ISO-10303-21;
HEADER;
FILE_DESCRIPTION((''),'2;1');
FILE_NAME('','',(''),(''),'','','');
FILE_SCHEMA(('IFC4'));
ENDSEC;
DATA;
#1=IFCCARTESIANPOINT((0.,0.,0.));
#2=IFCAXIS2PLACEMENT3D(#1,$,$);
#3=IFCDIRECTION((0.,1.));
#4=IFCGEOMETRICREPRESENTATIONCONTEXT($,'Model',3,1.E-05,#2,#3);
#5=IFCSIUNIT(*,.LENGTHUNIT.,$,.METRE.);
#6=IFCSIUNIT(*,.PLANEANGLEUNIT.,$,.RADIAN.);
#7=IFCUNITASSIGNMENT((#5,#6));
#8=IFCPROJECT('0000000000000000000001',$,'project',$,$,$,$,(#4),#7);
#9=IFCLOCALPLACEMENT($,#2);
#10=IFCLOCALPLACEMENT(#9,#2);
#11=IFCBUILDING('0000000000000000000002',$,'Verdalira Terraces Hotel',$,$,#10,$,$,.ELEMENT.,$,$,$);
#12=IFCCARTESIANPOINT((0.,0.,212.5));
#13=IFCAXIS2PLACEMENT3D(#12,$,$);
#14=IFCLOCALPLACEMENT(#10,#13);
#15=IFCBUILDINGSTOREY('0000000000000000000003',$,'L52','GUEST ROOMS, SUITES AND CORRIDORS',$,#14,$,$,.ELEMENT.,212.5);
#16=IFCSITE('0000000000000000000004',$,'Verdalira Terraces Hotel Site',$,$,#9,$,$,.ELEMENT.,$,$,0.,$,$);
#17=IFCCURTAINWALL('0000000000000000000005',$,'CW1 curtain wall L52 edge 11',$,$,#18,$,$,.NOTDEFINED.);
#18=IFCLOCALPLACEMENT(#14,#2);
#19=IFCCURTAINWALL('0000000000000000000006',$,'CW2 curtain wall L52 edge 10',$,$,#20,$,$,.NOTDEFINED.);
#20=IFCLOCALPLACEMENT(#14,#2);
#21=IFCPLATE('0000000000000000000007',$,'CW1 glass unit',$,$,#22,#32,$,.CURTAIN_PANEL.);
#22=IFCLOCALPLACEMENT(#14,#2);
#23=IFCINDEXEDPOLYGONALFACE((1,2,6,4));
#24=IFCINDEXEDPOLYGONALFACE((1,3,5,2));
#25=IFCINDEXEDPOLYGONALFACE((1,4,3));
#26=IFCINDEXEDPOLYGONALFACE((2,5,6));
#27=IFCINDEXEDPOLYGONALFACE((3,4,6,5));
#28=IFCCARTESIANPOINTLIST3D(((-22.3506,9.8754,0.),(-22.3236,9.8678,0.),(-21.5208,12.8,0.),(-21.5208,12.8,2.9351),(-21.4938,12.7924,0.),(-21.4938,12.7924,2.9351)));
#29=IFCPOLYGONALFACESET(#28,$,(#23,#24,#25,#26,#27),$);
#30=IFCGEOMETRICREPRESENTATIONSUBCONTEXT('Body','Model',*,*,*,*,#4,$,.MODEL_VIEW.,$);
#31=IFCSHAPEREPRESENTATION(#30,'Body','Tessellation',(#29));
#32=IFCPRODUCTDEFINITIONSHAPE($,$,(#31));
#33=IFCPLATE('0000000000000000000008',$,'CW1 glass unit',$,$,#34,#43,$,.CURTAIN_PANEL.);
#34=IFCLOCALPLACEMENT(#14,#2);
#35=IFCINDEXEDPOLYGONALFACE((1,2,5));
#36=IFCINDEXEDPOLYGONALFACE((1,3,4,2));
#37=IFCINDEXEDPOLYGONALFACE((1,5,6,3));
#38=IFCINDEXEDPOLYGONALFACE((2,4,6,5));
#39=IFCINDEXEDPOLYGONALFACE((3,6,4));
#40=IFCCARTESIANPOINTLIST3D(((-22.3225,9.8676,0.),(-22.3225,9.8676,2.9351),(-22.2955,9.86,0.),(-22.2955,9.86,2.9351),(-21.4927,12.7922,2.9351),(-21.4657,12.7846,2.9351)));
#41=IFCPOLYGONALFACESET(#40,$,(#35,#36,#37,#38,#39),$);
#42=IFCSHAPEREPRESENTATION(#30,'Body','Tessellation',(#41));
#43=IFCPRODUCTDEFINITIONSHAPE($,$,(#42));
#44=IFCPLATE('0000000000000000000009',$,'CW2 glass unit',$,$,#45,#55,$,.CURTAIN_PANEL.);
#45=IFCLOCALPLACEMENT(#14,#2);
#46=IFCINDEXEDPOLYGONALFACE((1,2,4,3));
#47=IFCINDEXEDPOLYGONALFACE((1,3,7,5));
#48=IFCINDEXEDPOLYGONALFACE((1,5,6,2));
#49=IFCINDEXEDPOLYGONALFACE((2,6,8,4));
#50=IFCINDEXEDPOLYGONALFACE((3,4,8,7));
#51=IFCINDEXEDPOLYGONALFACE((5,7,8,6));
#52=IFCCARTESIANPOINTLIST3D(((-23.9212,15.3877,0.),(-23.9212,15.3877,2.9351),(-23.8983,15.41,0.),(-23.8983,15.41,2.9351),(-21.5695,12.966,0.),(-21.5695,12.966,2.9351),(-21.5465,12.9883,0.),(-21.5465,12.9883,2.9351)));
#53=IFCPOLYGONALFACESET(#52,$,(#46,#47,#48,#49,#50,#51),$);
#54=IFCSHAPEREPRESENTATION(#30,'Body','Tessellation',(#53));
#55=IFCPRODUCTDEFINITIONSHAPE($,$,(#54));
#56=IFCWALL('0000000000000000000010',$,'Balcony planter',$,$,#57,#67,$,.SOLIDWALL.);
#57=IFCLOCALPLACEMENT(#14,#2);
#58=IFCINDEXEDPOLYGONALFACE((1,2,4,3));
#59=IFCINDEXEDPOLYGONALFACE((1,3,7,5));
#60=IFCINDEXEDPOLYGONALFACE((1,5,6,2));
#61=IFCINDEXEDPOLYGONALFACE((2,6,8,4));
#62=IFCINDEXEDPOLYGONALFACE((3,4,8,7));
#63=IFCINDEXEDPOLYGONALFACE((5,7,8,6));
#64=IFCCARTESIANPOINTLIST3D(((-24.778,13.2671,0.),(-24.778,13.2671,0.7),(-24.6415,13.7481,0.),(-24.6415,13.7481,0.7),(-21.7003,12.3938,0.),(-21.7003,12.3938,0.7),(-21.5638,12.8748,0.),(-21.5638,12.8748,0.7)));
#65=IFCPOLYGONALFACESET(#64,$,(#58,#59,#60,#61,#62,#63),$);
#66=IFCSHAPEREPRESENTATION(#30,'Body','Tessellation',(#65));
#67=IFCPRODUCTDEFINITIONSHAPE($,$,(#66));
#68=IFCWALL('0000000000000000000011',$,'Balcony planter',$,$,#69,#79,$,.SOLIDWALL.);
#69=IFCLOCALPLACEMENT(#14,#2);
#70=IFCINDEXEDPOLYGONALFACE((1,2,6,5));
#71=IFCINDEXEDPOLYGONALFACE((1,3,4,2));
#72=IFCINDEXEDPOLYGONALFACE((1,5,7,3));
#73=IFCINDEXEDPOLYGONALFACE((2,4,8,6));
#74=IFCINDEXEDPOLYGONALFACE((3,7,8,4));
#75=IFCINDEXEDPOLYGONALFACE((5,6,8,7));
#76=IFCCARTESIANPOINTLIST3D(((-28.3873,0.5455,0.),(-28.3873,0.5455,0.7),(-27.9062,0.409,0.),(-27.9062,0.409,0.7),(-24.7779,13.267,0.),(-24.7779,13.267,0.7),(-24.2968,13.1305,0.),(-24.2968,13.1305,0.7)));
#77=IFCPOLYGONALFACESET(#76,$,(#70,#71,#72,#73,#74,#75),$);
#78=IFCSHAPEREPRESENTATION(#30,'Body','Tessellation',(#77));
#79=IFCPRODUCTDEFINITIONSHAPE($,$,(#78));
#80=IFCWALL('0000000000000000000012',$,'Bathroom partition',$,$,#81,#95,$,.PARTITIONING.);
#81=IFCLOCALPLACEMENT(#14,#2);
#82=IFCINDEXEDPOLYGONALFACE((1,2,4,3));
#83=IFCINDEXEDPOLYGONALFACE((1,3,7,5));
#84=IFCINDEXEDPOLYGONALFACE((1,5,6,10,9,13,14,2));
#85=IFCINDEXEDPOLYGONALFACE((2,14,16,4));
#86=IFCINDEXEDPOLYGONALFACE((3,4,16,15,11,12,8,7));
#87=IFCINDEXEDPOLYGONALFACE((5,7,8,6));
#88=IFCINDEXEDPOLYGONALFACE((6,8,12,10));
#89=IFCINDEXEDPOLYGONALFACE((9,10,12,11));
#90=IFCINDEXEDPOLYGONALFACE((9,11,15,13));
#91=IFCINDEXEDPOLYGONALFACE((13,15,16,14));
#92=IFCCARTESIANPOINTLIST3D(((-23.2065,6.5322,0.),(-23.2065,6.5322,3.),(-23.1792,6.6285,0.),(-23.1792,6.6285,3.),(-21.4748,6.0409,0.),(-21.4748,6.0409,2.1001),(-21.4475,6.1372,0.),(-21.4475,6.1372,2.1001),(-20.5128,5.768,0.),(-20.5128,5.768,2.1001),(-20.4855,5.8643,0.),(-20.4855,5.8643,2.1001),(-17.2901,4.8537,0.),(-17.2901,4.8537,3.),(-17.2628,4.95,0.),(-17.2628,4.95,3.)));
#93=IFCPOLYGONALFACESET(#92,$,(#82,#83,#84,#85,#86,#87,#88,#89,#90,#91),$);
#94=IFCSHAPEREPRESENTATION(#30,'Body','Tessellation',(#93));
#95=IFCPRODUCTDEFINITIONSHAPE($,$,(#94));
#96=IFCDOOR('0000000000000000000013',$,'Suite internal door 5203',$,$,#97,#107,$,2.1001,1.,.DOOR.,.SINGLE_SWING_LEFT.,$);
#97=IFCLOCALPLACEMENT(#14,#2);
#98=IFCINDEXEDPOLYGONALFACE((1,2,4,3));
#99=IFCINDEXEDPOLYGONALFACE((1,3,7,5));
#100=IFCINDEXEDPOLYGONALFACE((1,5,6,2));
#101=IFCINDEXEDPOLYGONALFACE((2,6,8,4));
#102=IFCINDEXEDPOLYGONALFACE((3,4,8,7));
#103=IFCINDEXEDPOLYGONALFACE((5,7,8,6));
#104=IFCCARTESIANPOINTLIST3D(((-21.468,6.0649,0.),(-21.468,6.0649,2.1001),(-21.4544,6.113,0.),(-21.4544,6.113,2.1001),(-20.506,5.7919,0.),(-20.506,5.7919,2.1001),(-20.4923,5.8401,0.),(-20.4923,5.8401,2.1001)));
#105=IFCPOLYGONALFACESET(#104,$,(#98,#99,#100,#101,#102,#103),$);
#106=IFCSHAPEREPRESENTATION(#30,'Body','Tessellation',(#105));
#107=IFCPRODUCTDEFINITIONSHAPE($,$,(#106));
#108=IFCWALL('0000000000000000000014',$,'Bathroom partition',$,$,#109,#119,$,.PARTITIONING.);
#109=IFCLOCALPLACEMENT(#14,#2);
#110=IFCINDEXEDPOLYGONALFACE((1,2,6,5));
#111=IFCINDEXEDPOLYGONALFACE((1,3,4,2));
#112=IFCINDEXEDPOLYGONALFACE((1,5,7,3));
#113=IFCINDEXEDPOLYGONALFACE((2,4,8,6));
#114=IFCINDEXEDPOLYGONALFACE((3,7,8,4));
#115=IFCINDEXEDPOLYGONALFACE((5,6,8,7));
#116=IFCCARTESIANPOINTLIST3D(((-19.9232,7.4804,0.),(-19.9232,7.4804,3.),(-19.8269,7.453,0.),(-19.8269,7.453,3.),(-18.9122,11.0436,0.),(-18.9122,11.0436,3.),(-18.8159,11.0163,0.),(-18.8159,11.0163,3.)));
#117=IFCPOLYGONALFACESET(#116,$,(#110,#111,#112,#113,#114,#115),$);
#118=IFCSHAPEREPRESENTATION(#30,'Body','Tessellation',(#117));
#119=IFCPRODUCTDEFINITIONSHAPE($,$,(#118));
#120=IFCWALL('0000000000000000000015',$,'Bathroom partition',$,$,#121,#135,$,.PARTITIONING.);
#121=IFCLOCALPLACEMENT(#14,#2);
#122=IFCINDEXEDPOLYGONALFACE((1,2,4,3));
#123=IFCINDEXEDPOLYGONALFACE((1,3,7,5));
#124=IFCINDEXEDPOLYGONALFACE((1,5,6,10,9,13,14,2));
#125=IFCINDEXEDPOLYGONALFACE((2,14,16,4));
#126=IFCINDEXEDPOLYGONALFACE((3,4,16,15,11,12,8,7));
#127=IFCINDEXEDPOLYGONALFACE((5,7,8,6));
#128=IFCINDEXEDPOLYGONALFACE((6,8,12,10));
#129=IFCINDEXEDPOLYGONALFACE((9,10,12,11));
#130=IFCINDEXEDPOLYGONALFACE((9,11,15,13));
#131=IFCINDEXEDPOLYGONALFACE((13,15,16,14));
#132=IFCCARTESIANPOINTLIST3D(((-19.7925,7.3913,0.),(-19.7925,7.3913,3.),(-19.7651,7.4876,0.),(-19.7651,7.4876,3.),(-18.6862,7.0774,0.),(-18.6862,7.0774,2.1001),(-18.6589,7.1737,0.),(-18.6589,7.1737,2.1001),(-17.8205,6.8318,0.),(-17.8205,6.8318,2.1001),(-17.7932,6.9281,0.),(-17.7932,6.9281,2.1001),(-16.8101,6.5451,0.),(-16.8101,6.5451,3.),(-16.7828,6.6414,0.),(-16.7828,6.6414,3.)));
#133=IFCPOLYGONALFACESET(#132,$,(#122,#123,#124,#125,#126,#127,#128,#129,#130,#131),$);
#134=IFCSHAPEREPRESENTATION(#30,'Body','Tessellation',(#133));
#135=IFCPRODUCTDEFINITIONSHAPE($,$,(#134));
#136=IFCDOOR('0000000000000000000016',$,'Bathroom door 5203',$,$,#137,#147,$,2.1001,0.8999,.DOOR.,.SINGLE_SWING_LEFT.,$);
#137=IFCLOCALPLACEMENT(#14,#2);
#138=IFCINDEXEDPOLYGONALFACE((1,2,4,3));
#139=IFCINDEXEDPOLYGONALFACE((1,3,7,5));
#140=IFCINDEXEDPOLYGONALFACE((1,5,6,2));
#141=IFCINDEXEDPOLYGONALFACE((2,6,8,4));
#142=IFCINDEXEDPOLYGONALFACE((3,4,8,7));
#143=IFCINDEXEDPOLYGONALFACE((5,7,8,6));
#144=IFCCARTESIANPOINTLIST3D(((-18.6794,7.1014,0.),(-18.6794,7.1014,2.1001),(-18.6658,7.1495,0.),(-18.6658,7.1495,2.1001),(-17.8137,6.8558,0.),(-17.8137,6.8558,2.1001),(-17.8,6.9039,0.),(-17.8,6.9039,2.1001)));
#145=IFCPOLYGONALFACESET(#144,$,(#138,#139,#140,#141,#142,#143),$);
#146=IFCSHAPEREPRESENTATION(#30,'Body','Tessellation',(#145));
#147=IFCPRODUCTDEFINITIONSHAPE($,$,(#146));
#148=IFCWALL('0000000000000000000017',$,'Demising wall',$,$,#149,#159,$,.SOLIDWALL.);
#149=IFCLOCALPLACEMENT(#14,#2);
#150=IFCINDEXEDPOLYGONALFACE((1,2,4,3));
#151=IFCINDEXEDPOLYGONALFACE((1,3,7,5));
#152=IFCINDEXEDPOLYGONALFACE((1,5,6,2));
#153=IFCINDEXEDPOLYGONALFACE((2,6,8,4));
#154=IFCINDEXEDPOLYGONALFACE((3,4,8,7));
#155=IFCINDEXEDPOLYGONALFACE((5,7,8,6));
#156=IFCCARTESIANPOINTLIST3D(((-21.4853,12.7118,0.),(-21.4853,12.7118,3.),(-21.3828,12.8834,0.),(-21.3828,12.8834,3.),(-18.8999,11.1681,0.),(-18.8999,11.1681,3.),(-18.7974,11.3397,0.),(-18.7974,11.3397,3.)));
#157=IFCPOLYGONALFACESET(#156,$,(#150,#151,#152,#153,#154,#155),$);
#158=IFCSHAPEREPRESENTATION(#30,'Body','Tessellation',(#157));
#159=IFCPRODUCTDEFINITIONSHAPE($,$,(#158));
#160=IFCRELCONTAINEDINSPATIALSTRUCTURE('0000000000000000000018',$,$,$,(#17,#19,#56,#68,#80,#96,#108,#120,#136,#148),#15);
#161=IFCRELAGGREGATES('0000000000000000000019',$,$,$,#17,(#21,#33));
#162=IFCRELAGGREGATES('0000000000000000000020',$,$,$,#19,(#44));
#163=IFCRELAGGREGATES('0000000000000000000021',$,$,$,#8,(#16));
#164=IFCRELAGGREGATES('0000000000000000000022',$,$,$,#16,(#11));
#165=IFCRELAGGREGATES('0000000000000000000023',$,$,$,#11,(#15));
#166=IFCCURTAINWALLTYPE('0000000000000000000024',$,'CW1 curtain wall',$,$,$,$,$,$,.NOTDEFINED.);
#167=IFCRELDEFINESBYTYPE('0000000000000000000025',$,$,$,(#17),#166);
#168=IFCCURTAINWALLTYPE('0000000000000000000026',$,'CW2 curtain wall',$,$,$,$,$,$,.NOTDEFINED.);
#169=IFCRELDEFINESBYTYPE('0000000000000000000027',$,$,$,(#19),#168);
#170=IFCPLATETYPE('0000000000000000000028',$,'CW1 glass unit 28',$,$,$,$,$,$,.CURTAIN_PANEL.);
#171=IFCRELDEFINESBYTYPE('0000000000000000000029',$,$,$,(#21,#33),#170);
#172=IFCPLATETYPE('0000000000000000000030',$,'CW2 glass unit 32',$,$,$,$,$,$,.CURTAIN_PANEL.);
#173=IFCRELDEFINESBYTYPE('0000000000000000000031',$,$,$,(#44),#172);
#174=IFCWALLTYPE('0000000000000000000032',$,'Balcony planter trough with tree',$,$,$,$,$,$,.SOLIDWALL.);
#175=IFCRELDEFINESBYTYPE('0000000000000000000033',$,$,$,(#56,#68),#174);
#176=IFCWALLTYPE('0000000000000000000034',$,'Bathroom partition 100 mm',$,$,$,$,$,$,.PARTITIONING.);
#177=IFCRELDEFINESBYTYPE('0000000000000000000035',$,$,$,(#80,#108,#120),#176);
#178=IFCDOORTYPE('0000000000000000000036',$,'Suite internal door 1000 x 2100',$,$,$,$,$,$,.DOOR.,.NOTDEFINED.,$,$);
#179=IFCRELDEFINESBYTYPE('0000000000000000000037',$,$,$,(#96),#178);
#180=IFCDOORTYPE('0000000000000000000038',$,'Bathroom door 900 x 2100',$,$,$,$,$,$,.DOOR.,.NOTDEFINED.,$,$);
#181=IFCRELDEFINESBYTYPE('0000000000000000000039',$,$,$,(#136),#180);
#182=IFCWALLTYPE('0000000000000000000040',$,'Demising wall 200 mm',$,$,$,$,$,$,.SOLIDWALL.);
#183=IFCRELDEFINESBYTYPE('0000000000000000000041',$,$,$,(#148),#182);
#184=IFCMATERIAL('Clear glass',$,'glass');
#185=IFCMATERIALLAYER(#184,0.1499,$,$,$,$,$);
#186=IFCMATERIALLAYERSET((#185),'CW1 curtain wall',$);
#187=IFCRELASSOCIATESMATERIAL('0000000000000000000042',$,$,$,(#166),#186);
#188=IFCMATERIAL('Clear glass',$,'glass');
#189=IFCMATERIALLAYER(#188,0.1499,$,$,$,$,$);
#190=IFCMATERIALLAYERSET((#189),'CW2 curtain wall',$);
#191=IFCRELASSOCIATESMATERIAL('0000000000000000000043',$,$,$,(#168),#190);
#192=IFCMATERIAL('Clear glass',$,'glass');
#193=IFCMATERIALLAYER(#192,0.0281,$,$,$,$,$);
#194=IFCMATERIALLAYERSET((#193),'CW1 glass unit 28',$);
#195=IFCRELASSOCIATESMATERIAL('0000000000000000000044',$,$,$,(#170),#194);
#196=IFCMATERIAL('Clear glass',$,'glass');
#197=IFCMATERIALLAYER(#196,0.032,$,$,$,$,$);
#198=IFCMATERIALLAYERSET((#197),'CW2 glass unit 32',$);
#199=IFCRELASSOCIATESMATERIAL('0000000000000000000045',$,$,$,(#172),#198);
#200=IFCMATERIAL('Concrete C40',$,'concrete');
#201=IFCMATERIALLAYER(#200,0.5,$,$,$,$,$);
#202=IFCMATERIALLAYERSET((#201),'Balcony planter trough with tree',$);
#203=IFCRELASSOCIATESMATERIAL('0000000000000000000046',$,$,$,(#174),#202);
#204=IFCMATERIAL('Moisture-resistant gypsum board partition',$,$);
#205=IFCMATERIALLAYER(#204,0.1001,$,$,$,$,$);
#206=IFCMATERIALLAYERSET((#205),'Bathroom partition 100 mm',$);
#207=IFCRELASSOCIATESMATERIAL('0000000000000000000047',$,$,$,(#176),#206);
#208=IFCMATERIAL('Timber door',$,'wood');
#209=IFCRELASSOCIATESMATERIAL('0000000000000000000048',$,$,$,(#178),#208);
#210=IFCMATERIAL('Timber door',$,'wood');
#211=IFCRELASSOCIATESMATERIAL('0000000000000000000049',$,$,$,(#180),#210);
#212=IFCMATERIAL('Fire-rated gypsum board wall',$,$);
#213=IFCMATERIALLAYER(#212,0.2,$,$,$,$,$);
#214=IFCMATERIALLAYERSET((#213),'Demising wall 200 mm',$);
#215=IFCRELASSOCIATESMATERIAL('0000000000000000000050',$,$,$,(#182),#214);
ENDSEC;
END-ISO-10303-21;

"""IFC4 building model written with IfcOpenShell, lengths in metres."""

from ifc_helpers import new_model, si_unit, direction, frame, frame_2d, origin, origin_2d, place, context, subcontext, project, spatial, polyline, rectangle, outline, extrude, material, layer, layer_set, type_object, element, fill, aggregate, save


model = new_model("IFC4")

# Units and contexts
model_context = context("Model", 3, precision=1e-05, world=origin(), true_north=direction((0.0, 1.0)))
body_context = subcontext(model_context, "Body", "Model", "MODEL_VIEW")
ifc_project = project(units=[si_unit("LENGTHUNIT", "METRE"), si_unit("PLANEANGLEUNIT", "RADIAN")], contexts=[model_context])

# Site, building, storey
site_placement = place(None, origin())
site = spatial("IfcSite", under=ifc_project, at=site_placement, Name="Verdalira Terraces Hotel Site", CompositionType="ELEMENT", RefElevation=0.0)
building_placement = place(site_placement, origin())
building = spatial("IfcBuilding", under=site, at=building_placement, Name="Verdalira Terraces Hotel", CompositionType="ELEMENT")
storey_placement = place(building_placement, frame((0.0, 0.0, 212.5)))
storey = spatial("IfcBuildingStorey", under=building, at=storey_placement, Name="L52", Description="GUEST ROOMS, SUITES AND CORRIDORS", CompositionType="ELEMENT", Elevation=212.5)

# Curtain walls
ifc_material_1 = material(Name="Clear glass", Category="glass")
ifc_layer_1 = layer(ifc_material_1, 0.1499)
ifc_layer_set_1 = layer_set([ifc_layer_1], Name="CW1 curtain wall")
curtain_wall_type_1 = type_object("IfcCurtainWallType", Name="CW1 curtain wall", PredefinedType="NOTDEFINED", material=ifc_layer_set_1)
curtain_wall_1_placement = place(storey_placement, origin())
curtain_wall_1 = element("IfcCurtainWall", 1, at=curtain_wall_1_placement, inside=storey, type_object=curtain_wall_type_1, Name="CW1 curtain wall L52 edge 11", PredefinedType="NOTDEFINED")
ifc_material_2 = material(Name="Clear glass", Category="glass")
ifc_layer_2 = layer(ifc_material_2, 0.1499)
ifc_layer_set_2 = layer_set([ifc_layer_2], Name="CW2 curtain wall")
curtain_wall_type_2 = type_object("IfcCurtainWallType", Name="CW2 curtain wall", PredefinedType="NOTDEFINED", material=ifc_layer_set_2)
curtain_wall_2_placement = place(storey_placement, origin())
curtain_wall_2 = element("IfcCurtainWall", 2, at=curtain_wall_2_placement, inside=storey, type_object=curtain_wall_type_2, Name="CW2 curtain wall L52 edge 10", PredefinedType="NOTDEFINED")

# Plates
ifc_material_3 = material(Name="Clear glass", Category="glass")
ifc_layer_3 = layer(ifc_material_3, 0.0281)
ifc_layer_set_3 = layer_set([ifc_layer_3], Name="CW1 glass unit 28")
plate_type_1 = type_object("IfcPlateType", Name="CW1 glass unit 28", PredefinedType="CURTAIN_PANEL", material=ifc_layer_set_3)
plate_1_placement = place(storey_placement, frame((-21.9087, 11.3301, 1.4675), z_axis=(-0.962028, 0.272952, 0.0), x_axis=(-0.272952, -0.962028, 0.0)))
plate_1 = element("IfcPlate", 3, at=plate_1_placement, type_object=plate_type_1, Name="CW1 glass unit", PredefinedType="CURTAIN_PANEL", context=body_context, shape_type="SweptSolid", body=[
    extrude(outline(polyline([(-1.52, -1.4675), (1.52, -1.4675), (-1.52, 1.4675), (-1.52, -1.4675)])), origin(), (0.0, 0.0, 1.0), 0.0281),
])
plate_2_placement = place(storey_placement, frame((-21.8806, 11.3223, 1.4675), z_axis=(-0.962028, 0.272952, 0.0), x_axis=(-0.272952, -0.962028, 0.0)))
plate_2 = element("IfcPlate", 4, at=plate_2_placement, type_object=plate_type_1, Name="CW1 glass unit", PredefinedType="CURTAIN_PANEL", context=body_context, shape_type="SweptSolid", body=[
    extrude(outline(polyline([(1.52, -1.4675), (1.52, 1.4675), (-1.52, 1.4675), (1.52, -1.4675)])), origin(), (0.0, 0.0, 1.0), 0.0281),
])
aggregate(curtain_wall_1, [plate_1, plate_2])
ifc_material_4 = material(Name="Clear glass", Category="glass")
ifc_layer_4 = layer(ifc_material_4, 0.032)
ifc_layer_set_4 = layer_set([ifc_layer_4], Name="CW2 glass unit 32")
plate_type_2 = type_object("IfcPlateType", Name="CW2 glass unit 32", PredefinedType="CURTAIN_PANEL", material=ifc_layer_set_4)
plate_3_placement = place(storey_placement, frame((-22.7339, 14.188, 0.0), z_axis=(0.0, 0.0, 1.0), x_axis=(0.696664, -0.717397, 0.0)))
plate_3 = element("IfcPlate", 5, at=plate_3_placement, type_object=plate_type_2, Name="CW2 glass unit", PredefinedType="CURTAIN_PANEL", context=body_context, shape_type="SweptSolid", body=[
    extrude(rectangle(XDim=3.3757, YDim=0.032, at=origin_2d()), origin(), (0.0, 0.0, 1.0), 2.9351),
])
aggregate(curtain_wall_2, [plate_3])

# Walls
ifc_material_5 = material(Name="Concrete C40", Category="concrete")
ifc_layer_5 = layer(ifc_material_5, 0.5)
ifc_layer_set_5 = layer_set([ifc_layer_5], Name="Balcony planter trough with tree")
wall_type_1 = type_object("IfcWallType", Name="Balcony planter trough with tree", PredefinedType="SOLIDWALL", material=ifc_layer_set_5)
wall_1_placement = place(storey_placement, frame((-21.6321, 12.6343, 0.0), z_axis=(0.0, 0.0, 1.0), x_axis=(-0.962021, 0.272977, 0.0)))
element("IfcWall", 6, at=wall_1_placement, inside=storey, type_object=wall_type_1, Name="Balcony planter", PredefinedType="SOLIDWALL", context=body_context, shape_type="SweptSolid", body=[
    extrude(rectangle(XDim=3.1992, YDim=0.5, at=frame_2d((1.5996, 0.0))), origin(), (0.0, 0.0, 1.0), 0.7),
])
wall_2_placement = place(storey_placement, frame((-24.5374, 13.1987, 0.0), z_axis=(0.0, 0.0, 1.0), x_axis=(-0.27295, -0.962028, 0.0)))
element("IfcWall", 7, at=wall_2_placement, inside=storey, type_object=wall_type_1, Name="Balcony planter", PredefinedType="SOLIDWALL", context=body_context, shape_type="SweptSolid", body=[
    extrude(rectangle(XDim=13.2236, YDim=0.5, at=frame_2d((6.6118, 0.0))), origin(), (0.0, 0.0, 1.0), 0.7),
])

# Wall, opening, door
ifc_material_6 = material(Name="Moisture-resistant gypsum board partition")
ifc_layer_6 = layer(ifc_material_6, 0.1001)
ifc_layer_set_6 = layer_set([ifc_layer_6], Name="Bathroom partition 100 mm")
wall_type_2 = type_object("IfcWallType", Name="Bathroom partition 100 mm", PredefinedType="PARTITIONING", material=ifc_layer_set_6)
wall_3_placement = place(storey_placement, frame((-23.1929, 6.5803, 0.0), z_axis=(0.0, 0.0, 1.0), x_axis=(0.962036, -0.272922, 0.0)))
wall_3 = element("IfcWall", 8, at=wall_3_placement, inside=storey, type_object=wall_type_2, Name="Bathroom partition", PredefinedType="PARTITIONING", context=body_context, shape_type="SweptSolid", body=[
    extrude(rectangle(XDim=6.1499, YDim=0.1001, at=frame_2d((3.075, 0.0))), origin(), (0.0, 0.0, 1.0), 3.0),
])
opening_1_placement = place(wall_3_placement, frame((1.8, 0.0, 0.0)))
opening_1 = element("IfcOpeningElement", 9, at=opening_1_placement, cuts=wall_3, PredefinedType="OPENING", context=body_context, shape_type="SweptSolid", body=[
    extrude(rectangle(XDim=1.0, YDim=2.1001, at=frame_2d((0.5, 1.05))), frame((0.0, 0.0601, 0.0), z_axis=(0.0, -1.0, 0.0), x_axis=(1.0, 0.0, 0.0)), (0.0, 0.0, 1.0), 0.1201),
])
ifc_material_7 = material(Name="Timber door", Category="wood")
door_type_1 = type_object("IfcDoorType", Name="Suite internal door 1000 x 2100", OperationType="NOTDEFINED", PredefinedType="DOOR", material=ifc_material_7)
door_1_placement = place(opening_1_placement, origin())
door_1 = element("IfcDoor", 10, at=door_1_placement, inside=storey, type_object=door_type_1, Name="Suite internal door 5203", OperationType="SINGLE_SWING_LEFT", OverallHeight=2.1001, OverallWidth=1.0, PredefinedType="DOOR", context=body_context, shape_type="SweptSolid", body=[
    extrude(rectangle(XDim=1.0, YDim=2.1001, at=frame_2d((0.5, 1.05))), frame((0.0, 0.0249, 0.0), z_axis=(0.0, -1.0, 0.0), x_axis=(1.0, 0.0, 0.0)), (0.0, 0.0, 1.0), 0.05),
])
fill(opening_1, door_1)

# Wall
wall_4_placement = place(storey_placement, frame((-18.864, 11.03, 0.0), z_axis=(0.0, 0.0, 1.0), x_axis=(-0.272953, -0.962027, 0.0)))
element("IfcWall", 11, at=wall_4_placement, inside=storey, type_object=wall_type_2, Name="Bathroom partition", PredefinedType="PARTITIONING", context=body_context, shape_type="SweptSolid", body=[
    extrude(rectangle(XDim=3.7039, YDim=0.1001, at=frame_2d((1.8521, 0.0))), origin(), (0.0, 0.0, 1.0), 3.0),
])

# Wall, opening, door
wall_5_placement = place(storey_placement, frame((-19.7788, 7.4395, 0.0), z_axis=(0.0, 0.0, 1.0), x_axis=(0.962028, -0.272952, 0.0)))
wall_5 = element("IfcWall", 12, at=wall_5_placement, inside=storey, type_object=wall_type_2, Name="Bathroom partition", PredefinedType="PARTITIONING", context=body_context, shape_type="SweptSolid", body=[
    extrude(rectangle(XDim=3.1001, YDim=0.1001, at=frame_2d((1.55, 0.0))), origin(), (0.0, 0.0, 1.0), 3.0),
])
opening_2_placement = place(wall_5_placement, frame((1.1499, 0.0, 0.0)))
opening_2 = element("IfcOpeningElement", 13, at=opening_2_placement, cuts=wall_5, PredefinedType="OPENING", context=body_context, shape_type="SweptSolid", body=[
    extrude(rectangle(XDim=0.8999, YDim=2.1001, at=frame_2d((0.45, 1.05))), frame((0.0, 0.0601, 0.0), z_axis=(0.0, -1.0, 0.0), x_axis=(1.0, 0.0, 0.0)), (0.0, 0.0, 1.0), 0.1201),
])
ifc_material_8 = material(Name="Timber door", Category="wood")
door_type_2 = type_object("IfcDoorType", Name="Bathroom door 900 x 2100", OperationType="NOTDEFINED", PredefinedType="DOOR", material=ifc_material_8)
door_2_placement = place(opening_2_placement, origin())
door_2 = element("IfcDoor", 14, at=door_2_placement, inside=storey, type_object=door_type_2, Name="Bathroom door 5203", OperationType="SINGLE_SWING_LEFT", OverallHeight=2.1001, OverallWidth=0.8999, PredefinedType="DOOR", context=body_context, shape_type="SweptSolid", body=[
    extrude(rectangle(XDim=0.8999, YDim=2.1001, at=frame_2d((0.45, 1.05))), frame((0.0, 0.0249, 0.0), z_axis=(0.0, -1.0, 0.0), x_axis=(1.0, 0.0, 0.0)), (0.0, 0.0, 1.0), 0.05),
])
fill(opening_2, door_2)

# Wall
ifc_material_9 = material(Name="Fire-rated gypsum board wall")
ifc_layer_7 = layer(ifc_material_9, 0.2)
ifc_layer_set_7 = layer_set([ifc_layer_7], Name="Demising wall 200 mm")
wall_type_3 = type_object("IfcWallType", Name="Demising wall 200 mm", PredefinedType="SOLIDWALL", material=ifc_layer_set_7)
wall_6_placement = place(storey_placement, frame((-18.8486, 11.2539, 0.0), z_axis=(0.0, 0.0, 1.0), x_axis=(-0.8586, 0.512646, 0.0)))
element("IfcWall", 15, at=wall_6_placement, inside=storey, type_object=wall_type_3, Name="Demising wall", PredefinedType="SOLIDWALL", context=body_context, shape_type="SweptSolid", body=[
    extrude(rectangle(XDim=3.0112, YDim=0.2, at=frame_2d((1.5056, 0.0))), origin(), (0.0, 0.0, 1.0), 3.0),
])

save(model, "model.ifc")
